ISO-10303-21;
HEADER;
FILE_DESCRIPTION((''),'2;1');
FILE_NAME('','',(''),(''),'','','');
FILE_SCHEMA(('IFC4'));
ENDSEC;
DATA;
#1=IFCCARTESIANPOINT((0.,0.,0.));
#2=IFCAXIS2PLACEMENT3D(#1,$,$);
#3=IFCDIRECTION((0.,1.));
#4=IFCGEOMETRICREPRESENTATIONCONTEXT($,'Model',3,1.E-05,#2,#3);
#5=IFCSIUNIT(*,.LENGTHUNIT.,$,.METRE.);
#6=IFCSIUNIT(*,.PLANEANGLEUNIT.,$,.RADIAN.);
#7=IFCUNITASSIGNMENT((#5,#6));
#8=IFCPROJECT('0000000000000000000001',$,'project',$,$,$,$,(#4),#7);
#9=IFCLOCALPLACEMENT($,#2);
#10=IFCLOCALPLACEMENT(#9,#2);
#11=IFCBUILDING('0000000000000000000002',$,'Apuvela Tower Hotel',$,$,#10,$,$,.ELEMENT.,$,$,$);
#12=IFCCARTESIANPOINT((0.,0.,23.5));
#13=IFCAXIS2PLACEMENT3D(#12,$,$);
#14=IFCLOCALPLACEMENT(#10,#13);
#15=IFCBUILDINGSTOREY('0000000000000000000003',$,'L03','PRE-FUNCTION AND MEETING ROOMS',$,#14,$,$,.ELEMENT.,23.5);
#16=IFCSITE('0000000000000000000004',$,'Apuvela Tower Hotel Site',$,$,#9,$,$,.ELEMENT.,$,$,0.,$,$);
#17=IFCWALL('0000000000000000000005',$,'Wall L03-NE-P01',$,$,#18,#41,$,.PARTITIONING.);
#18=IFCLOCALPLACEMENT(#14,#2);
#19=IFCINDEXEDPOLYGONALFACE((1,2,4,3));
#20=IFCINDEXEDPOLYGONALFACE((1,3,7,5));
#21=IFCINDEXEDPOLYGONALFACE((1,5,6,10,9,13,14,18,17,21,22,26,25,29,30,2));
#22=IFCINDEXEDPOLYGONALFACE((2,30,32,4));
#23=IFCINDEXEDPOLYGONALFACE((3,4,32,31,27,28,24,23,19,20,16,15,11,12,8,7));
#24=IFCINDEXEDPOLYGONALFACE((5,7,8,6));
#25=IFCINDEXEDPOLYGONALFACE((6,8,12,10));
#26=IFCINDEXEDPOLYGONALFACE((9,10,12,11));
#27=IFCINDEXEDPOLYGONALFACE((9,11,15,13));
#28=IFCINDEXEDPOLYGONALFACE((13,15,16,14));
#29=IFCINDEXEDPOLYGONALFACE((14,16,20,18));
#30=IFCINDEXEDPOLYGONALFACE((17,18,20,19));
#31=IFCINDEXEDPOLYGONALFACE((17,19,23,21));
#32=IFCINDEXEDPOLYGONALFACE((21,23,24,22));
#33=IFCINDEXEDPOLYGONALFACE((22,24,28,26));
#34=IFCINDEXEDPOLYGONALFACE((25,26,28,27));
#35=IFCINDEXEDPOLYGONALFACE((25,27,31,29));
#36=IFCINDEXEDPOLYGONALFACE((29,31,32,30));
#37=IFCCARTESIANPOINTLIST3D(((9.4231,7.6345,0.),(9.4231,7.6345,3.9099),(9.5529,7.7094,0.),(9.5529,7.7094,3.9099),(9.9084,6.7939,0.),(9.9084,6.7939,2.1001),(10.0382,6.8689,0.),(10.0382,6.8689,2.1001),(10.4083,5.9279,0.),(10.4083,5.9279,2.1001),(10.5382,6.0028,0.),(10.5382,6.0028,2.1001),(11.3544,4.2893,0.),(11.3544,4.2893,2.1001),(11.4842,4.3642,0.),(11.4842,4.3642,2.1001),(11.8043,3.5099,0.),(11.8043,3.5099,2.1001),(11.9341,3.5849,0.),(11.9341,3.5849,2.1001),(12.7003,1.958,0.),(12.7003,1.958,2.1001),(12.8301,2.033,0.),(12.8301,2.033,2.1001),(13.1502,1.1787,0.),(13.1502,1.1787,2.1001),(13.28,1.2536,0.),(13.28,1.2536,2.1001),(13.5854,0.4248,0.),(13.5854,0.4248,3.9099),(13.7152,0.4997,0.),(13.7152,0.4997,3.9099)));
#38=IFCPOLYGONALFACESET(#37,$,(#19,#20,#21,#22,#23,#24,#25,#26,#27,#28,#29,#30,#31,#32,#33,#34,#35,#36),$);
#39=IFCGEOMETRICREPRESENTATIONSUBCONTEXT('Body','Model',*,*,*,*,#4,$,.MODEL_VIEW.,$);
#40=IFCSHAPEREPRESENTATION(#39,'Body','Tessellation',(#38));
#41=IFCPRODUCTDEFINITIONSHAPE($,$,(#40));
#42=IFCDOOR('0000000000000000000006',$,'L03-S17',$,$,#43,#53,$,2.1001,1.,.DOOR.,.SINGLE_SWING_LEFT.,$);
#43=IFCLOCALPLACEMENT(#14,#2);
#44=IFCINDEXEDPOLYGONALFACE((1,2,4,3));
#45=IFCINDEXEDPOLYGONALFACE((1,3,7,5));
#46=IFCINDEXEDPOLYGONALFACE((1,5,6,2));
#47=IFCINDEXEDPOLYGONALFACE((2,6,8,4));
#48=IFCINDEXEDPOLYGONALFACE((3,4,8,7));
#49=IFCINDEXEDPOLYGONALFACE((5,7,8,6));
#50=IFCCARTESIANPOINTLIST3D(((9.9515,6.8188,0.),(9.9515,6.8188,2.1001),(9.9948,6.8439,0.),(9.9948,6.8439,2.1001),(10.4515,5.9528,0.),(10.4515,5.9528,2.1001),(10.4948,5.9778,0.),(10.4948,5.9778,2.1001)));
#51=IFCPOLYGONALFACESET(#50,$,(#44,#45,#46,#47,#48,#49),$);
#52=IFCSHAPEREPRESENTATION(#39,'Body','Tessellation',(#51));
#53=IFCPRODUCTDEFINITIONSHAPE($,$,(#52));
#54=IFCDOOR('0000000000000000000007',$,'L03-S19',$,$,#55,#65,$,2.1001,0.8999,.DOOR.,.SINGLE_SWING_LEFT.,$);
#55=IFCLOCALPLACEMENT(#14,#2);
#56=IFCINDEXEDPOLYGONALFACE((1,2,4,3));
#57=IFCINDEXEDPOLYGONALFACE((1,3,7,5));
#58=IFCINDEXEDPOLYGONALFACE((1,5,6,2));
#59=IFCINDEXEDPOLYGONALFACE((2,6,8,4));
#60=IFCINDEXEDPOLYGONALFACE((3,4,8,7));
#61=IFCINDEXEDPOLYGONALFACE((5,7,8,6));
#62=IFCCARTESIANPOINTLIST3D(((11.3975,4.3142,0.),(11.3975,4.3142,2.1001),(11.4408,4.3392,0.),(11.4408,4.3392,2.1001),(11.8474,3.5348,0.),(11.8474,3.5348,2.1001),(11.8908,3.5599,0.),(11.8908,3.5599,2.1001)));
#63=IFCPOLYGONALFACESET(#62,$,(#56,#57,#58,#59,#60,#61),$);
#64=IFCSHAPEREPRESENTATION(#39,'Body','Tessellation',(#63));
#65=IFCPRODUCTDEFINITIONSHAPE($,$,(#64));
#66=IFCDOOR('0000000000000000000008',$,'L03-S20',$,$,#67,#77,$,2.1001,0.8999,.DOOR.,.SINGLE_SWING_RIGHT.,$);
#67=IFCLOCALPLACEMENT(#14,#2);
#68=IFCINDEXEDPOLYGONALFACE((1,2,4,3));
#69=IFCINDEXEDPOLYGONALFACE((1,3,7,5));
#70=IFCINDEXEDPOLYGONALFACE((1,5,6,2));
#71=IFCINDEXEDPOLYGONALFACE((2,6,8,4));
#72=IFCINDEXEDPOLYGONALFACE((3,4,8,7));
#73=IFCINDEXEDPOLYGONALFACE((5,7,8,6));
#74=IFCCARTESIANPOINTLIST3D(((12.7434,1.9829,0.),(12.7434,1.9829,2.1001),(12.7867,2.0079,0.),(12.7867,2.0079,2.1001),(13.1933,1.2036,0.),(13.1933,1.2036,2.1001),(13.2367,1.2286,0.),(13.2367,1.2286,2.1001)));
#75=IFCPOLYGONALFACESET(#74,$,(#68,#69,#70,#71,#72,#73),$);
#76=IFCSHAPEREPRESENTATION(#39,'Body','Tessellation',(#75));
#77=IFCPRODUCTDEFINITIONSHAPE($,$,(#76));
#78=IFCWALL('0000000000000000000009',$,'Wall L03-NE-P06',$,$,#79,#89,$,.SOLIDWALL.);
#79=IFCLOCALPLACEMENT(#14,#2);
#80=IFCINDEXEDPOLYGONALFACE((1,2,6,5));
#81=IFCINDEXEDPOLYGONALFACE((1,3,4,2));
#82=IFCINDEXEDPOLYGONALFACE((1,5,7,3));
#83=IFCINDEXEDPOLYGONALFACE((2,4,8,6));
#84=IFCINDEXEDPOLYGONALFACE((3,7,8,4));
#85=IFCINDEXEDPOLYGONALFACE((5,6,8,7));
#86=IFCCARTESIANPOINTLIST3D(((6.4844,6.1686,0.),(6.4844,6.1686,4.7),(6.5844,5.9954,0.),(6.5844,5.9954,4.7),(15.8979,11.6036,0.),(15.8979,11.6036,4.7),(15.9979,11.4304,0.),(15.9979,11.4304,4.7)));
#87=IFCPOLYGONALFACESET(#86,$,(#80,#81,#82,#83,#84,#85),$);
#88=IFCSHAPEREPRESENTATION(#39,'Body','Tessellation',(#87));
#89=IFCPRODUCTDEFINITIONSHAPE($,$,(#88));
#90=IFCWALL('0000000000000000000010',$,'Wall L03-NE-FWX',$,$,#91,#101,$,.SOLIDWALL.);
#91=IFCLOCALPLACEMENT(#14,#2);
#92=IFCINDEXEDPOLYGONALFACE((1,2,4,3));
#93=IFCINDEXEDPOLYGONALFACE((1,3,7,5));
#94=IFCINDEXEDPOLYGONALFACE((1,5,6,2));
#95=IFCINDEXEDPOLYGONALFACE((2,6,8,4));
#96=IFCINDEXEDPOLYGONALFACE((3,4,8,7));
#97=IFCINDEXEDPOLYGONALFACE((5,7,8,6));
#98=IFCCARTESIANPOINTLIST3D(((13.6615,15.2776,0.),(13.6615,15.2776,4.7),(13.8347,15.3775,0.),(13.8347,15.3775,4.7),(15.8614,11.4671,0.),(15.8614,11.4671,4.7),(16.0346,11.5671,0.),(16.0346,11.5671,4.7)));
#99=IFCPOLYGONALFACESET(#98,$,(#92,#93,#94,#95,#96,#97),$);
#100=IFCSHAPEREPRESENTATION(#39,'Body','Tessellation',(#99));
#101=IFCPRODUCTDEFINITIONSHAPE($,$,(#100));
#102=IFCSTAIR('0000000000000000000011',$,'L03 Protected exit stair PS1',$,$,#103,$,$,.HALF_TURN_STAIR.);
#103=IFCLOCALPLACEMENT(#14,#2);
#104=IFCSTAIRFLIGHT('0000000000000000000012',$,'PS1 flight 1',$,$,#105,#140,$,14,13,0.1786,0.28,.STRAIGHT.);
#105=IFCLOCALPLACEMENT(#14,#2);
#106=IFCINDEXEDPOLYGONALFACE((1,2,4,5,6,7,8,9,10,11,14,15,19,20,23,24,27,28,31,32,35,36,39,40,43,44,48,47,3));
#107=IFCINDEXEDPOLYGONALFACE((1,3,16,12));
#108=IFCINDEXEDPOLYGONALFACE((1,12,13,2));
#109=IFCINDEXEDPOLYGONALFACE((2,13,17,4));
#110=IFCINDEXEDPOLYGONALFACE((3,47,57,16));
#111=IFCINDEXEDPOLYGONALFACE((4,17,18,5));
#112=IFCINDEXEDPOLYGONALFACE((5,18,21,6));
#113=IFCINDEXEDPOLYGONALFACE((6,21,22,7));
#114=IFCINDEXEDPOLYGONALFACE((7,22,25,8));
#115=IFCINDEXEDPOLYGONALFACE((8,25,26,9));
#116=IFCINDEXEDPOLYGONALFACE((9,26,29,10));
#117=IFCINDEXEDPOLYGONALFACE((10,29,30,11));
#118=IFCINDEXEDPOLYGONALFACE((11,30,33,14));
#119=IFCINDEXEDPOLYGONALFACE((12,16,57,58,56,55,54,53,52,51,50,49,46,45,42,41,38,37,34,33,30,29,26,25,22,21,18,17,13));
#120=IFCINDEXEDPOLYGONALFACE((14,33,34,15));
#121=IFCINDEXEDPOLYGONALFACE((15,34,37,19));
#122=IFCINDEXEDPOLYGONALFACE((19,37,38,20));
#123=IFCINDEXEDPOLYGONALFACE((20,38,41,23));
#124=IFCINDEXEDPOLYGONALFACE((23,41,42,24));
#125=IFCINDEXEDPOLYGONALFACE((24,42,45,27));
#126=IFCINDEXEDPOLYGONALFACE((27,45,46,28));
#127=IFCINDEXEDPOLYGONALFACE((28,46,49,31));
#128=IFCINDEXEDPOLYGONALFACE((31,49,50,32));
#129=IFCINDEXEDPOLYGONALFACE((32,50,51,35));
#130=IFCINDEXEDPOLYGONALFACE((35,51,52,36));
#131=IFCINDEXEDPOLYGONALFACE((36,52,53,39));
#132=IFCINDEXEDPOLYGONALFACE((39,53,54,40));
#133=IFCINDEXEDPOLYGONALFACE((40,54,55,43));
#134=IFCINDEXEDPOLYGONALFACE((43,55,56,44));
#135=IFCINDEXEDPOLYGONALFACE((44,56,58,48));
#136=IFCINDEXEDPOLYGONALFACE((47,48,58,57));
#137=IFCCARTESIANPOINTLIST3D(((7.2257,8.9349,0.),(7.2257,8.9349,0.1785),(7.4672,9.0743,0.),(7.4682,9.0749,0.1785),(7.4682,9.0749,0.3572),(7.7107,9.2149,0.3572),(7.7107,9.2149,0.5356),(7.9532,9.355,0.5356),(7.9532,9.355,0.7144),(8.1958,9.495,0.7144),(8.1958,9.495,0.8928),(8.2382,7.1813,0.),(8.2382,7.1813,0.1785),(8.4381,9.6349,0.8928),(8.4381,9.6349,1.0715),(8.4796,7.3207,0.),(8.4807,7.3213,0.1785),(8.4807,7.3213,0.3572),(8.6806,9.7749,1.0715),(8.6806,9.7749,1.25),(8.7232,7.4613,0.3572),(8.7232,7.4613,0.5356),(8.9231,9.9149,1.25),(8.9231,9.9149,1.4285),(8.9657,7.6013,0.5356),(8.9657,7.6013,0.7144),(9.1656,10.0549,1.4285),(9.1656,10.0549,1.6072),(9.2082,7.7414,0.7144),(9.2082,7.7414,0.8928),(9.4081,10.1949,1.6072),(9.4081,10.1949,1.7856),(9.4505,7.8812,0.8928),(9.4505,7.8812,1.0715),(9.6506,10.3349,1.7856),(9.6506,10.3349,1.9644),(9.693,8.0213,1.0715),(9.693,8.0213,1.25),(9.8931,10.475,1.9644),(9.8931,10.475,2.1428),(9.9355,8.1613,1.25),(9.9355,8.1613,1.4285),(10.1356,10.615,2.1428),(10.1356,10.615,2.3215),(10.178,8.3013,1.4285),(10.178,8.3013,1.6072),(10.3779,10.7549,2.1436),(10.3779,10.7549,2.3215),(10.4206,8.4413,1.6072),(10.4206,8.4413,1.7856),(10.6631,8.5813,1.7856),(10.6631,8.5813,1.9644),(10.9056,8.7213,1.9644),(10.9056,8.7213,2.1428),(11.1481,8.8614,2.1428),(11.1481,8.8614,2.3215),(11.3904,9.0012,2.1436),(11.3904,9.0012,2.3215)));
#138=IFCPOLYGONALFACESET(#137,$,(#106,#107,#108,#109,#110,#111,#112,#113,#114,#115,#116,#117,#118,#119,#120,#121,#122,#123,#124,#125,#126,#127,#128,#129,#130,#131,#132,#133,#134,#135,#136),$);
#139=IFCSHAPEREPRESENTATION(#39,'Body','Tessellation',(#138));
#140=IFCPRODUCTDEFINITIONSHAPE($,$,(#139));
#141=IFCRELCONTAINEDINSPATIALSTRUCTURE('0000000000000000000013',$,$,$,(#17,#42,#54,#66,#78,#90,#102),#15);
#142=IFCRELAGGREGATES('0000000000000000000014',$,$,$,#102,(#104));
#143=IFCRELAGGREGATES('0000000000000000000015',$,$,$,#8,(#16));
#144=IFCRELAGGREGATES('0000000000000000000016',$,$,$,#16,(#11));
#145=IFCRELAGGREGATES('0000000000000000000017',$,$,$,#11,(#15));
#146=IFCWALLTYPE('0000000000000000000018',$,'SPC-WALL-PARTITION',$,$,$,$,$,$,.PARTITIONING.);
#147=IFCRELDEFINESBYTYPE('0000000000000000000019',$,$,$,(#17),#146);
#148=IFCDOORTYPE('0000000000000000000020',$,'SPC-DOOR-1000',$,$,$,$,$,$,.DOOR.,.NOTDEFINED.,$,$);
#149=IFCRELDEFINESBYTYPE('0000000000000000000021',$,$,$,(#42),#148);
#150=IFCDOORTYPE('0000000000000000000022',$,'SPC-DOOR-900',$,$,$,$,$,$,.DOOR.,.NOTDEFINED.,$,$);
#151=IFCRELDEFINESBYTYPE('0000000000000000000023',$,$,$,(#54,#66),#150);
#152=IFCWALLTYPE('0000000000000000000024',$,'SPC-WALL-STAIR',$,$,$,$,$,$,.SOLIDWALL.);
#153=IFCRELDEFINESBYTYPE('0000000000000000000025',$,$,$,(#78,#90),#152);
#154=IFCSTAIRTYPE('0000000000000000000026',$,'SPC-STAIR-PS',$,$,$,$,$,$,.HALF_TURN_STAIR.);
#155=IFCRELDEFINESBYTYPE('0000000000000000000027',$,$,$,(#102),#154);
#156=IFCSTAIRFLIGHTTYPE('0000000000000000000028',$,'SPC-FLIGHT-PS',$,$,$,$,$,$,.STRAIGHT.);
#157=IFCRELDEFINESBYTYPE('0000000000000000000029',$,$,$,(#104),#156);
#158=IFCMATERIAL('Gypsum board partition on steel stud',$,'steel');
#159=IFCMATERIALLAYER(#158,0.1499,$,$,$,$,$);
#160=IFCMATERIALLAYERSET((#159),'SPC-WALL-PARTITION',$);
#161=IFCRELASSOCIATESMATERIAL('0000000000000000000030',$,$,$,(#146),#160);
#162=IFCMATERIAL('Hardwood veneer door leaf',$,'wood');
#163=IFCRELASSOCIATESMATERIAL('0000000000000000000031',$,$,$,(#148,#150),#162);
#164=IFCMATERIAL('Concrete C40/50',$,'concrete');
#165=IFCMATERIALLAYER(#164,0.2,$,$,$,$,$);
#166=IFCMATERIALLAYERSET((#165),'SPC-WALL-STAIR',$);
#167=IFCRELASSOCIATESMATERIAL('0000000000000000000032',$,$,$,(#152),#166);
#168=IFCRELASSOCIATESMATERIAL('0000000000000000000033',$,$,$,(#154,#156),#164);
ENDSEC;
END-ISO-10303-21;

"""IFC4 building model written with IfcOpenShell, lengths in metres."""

from ifc_helpers import new_model, si_unit, direction, frame, frame_2d, origin, place, context, subcontext, project, spatial, polyline, rectangle, outline, extrude, material, layer, layer_set, type_object, element, fill, aggregate, save


model = new_model("IFC4")

# Units and contexts
model_context = context("Model", 3, precision=1e-05, world=origin(), true_north=direction((0.0, 1.0)))
body_context = subcontext(model_context, "Body", "Model", "MODEL_VIEW")
ifc_project = project(units=[si_unit("LENGTHUNIT", "METRE"), si_unit("PLANEANGLEUNIT", "RADIAN")], contexts=[model_context])

# Site, building, storey
site_placement = place(None, origin())
site = spatial("IfcSite", under=ifc_project, at=site_placement, Name="Apuvela Tower Hotel Site", CompositionType="ELEMENT", RefElevation=0.0)
building_placement = place(site_placement, origin())
building = spatial("IfcBuilding", under=site, at=building_placement, Name="Apuvela Tower Hotel", CompositionType="ELEMENT")
storey_placement = place(building_placement, frame((0.0, 0.0, 23.5)))
storey = spatial("IfcBuildingStorey", under=building, at=storey_placement, Name="L03", Description="PRE-FUNCTION AND MEETING ROOMS", CompositionType="ELEMENT", Elevation=23.5)

# Wall, openings, doors
ifc_material_1 = material(Name="Gypsum board partition on steel stud", Category="steel")
ifc_layer_1 = layer(ifc_material_1, 0.1499)
ifc_layer_set_1 = layer_set([ifc_layer_1], Name="SPC-WALL-PARTITION")
wall_type_1 = type_object("IfcWallType", Name="SPC-WALL-PARTITION", PredefinedType="PARTITIONING", material=ifc_layer_set_1)
wall_1_placement = place(storey_placement, frame((13.6504, 0.4622, 0.0), z_axis=(0.0, 0.0, 1.0), x_axis=(-0.499984, 0.866035, 0.0)))
wall_1 = element("IfcWall", 1, at=wall_1_placement, inside=storey, type_object=wall_type_1, Name="Wall L03-NE-P01", PredefinedType="PARTITIONING", context=body_context, shape_type="SweptSolid", body=[
    extrude(rectangle(XDim=8.325, YDim=0.1499, at=frame_2d((4.1626, 0.0))), origin(), (0.0, 0.0, 1.0), 3.9099),
])
opening_1_placement = place(wall_1_placement, frame((6.3545, 0.0, 0.0)))
opening_1 = element("IfcOpeningElement", 2, at=opening_1_placement, cuts=wall_1, PredefinedType="OPENING", context=body_context, shape_type="SweptSolid", body=[
    extrude(rectangle(XDim=1.0, YDim=2.1001, at=frame_2d((0.5, 1.05))), frame((0.0, 0.085, 0.0), z_axis=(0.0, -1.0, 0.0), x_axis=(1.0, 0.0, 0.0)), (0.0, 0.0, 1.0), 0.1699),
])
opening_2_placement = place(wall_1_placement, frame((3.5625, 0.0, 0.0)))
opening_2 = element("IfcOpeningElement", 3, at=opening_2_placement, cuts=wall_1, PredefinedType="OPENING", context=body_context, shape_type="SweptSolid", body=[
    extrude(rectangle(XDim=0.8999, YDim=2.1001, at=frame_2d((0.45, 1.05))), frame((0.0, 0.085, 0.0), z_axis=(0.0, -1.0, 0.0), x_axis=(1.0, 0.0, 0.0)), (0.0, 0.0, 1.0), 0.1699),
])
opening_3_placement = place(wall_1_placement, frame((0.8706, 0.0, 0.0)))
opening_3 = element("IfcOpeningElement", 4, at=opening_3_placement, cuts=wall_1, PredefinedType="OPENING", context=body_context, shape_type="SweptSolid", body=[
    extrude(rectangle(XDim=0.8999, YDim=2.1001, at=frame_2d((0.45, 1.05))), frame((0.0, 0.085, 0.0), z_axis=(0.0, -1.0, 0.0), x_axis=(1.0, 0.0, 0.0)), (0.0, 0.0, 1.0), 0.1699),
])
ifc_material_2 = material(Name="Hardwood veneer door leaf", Category="wood")
door_type_1 = type_object("IfcDoorType", Name="SPC-DOOR-1000", OperationType="NOTDEFINED", PredefinedType="DOOR", material=ifc_material_2)
door_1_placement = place(opening_1_placement, frame((1.0, 0.0, 0.0), z_axis=(0.0, 0.0, 1.0), x_axis=(-1.0, 0.0, 0.0)))
door_1 = element("IfcDoor", 5, at=door_1_placement, inside=storey, type_object=door_type_1, Name="L03-S17", OperationType="SINGLE_SWING_LEFT", OverallHeight=2.1001, OverallWidth=1.0, PredefinedType="DOOR", context=body_context, shape_type="SweptSolid", body=[
    extrude(rectangle(XDim=1.0, YDim=2.1001, at=frame_2d((0.5, 1.05))), frame((0.0, 0.0249, 0.0), z_axis=(0.0, -1.0, 0.0), x_axis=(1.0, 0.0, 0.0)), (0.0, 0.0, 1.0), 0.05),
])
fill(opening_1, door_1)
door_type_2 = type_object("IfcDoorType", Name="SPC-DOOR-900", OperationType="NOTDEFINED", PredefinedType="DOOR", material=ifc_material_2)
door_2_placement = place(opening_2_placement, frame((0.8999, 0.0, 0.0), z_axis=(0.0, 0.0, 1.0), x_axis=(-1.0, 0.0, 0.0)))
door_2 = element("IfcDoor", 6, at=door_2_placement, inside=storey, type_object=door_type_2, Name="L03-S19", OperationType="SINGLE_SWING_LEFT", OverallHeight=2.1001, OverallWidth=0.8999, PredefinedType="DOOR", context=body_context, shape_type="SweptSolid", body=[
    extrude(rectangle(XDim=0.8999, YDim=2.1001, at=frame_2d((0.45, 1.05))), frame((0.0, 0.0249, 0.0), z_axis=(0.0, -1.0, 0.0), x_axis=(1.0, 0.0, 0.0)), (0.0, 0.0, 1.0), 0.05),
])
fill(opening_2, door_2)
door_3_placement = place(opening_3_placement, frame((0.8999, 0.0, 0.0), z_axis=(0.0, 0.0, 1.0), x_axis=(-1.0, 0.0, 0.0)))
door_3 = element("IfcDoor", 7, at=door_3_placement, inside=storey, type_object=door_type_2, Name="L03-S20", OperationType="SINGLE_SWING_RIGHT", OverallHeight=2.1001, OverallWidth=0.8999, PredefinedType="DOOR", context=body_context, shape_type="SweptSolid", body=[
    extrude(rectangle(XDim=0.8999, YDim=2.1001, at=frame_2d((0.45, 1.05))), frame((0.0, 0.0249, 0.0), z_axis=(0.0, -1.0, 0.0), x_axis=(1.0, 0.0, 0.0)), (0.0, 0.0, 1.0), 0.05),
])
fill(opening_3, door_3)

# Walls
ifc_material_3 = material(Name="Concrete C40/50", Category="concrete")
ifc_layer_2 = layer(ifc_material_3, 0.2)
ifc_layer_set_2 = layer_set([ifc_layer_2], Name="SPC-WALL-STAIR")
wall_type_2 = type_object("IfcWallType", Name="SPC-WALL-STAIR", PredefinedType="SOLIDWALL", material=ifc_layer_set_2)
wall_2_placement = place(storey_placement, frame((15.948, 11.5171, 0.0), z_axis=(0.0, 0.0, 1.0), x_axis=(-0.86602, -0.500009, 0.0)))
element("IfcWall", 8, at=wall_2_placement, inside=storey, type_object=wall_type_2, Name="Wall L03-NE-P06", PredefinedType="SOLIDWALL", context=body_context, shape_type="SweptSolid", body=[
    extrude(rectangle(XDim=10.8699, YDim=0.2, at=frame_2d((5.4351, 0.0))), origin(), (0.0, 0.0, 1.0), 4.7),
])
wall_3_placement = place(storey_placement, frame((15.948, 11.5171, 0.0), z_axis=(0.0, 0.0, 1.0), x_axis=(-0.499988, 0.866032, 0.0)))
element("IfcWall", 9, at=wall_3_placement, inside=storey, type_object=wall_type_2, Name="Wall L03-NE-FWX", PredefinedType="SOLIDWALL", context=body_context, shape_type="SweptSolid", body=[
    extrude(rectangle(XDim=4.3999, YDim=0.2, at=frame_2d((2.2, 0.0))), origin(), (0.0, 0.0, 1.0), 4.7),
])

# Stair, stair flight
stair_type = type_object("IfcStairType", Name="SPC-STAIR-PS", PredefinedType="HALF_TURN_STAIR", material=ifc_material_3)
stair_placement = place(storey_placement, origin())
stair = element("IfcStair", 10, at=stair_placement, inside=storey, type_object=stair_type, Name="L03 Protected exit stair PS1", PredefinedType="HALF_TURN_STAIR")
stair_flight_type = type_object("IfcStairFlightType", Name="SPC-FLIGHT-PS", PredefinedType="STRAIGHT", material=ifc_material_3)
stair_flight_1_placement = place(storey_placement, frame((7.7319, 8.0581, 0.0), z_axis=(0.0, 0.0, 1.0), x_axis=(0.866025, 0.5, 0.0)))
stair_flight_1 = element("IfcStairFlight", 11, at=stair_flight_1_placement, type_object=stair_flight_type, Name="PS1 flight 1", NumberOfRisers=14, NumberOfTreads=13, PredefinedType="STRAIGHT", RiserHeight=0.1786, TreadLength=0.28, context=body_context, shape_type="SweptSolid", body=[
    extrude(outline(polyline([(0.0, 0.0), (0.0, 0.1785), (0.28, 0.1785), (0.28, 0.3572), (0.5601, 0.3572), (0.5601, 0.5356), (0.8401, 0.5356), (0.8401, 0.7144), (1.1201, 0.7144), (1.1201, 0.8928), (1.3999, 0.8928), (1.3999, 1.0715), (1.6799, 1.0715), (1.6799, 1.25), (1.96, 1.25), (1.96, 1.4285), (2.24, 1.4285), (2.24, 1.6072), (2.52, 1.6072), (2.52, 1.7856), (2.8, 1.7856), (2.8, 1.9644), (3.0801, 1.9644), (3.0801, 2.1428), (3.3601, 2.1428), (3.3601, 2.3215), (3.6399, 2.3215), (3.6399, 2.5), (3.6399, 2.1436), (0.2788, 0.0), (0.0, 0.0)])), frame((0.0, 1.0125, 0.0), z_axis=(0.0, -1.0, 0.0), x_axis=(1.0, 0.0, 0.0)), (0.0, 0.0, 1.0), 2.0249),
])
aggregate(stair, [stair_flight_1])

save(model, "model.ifc")
